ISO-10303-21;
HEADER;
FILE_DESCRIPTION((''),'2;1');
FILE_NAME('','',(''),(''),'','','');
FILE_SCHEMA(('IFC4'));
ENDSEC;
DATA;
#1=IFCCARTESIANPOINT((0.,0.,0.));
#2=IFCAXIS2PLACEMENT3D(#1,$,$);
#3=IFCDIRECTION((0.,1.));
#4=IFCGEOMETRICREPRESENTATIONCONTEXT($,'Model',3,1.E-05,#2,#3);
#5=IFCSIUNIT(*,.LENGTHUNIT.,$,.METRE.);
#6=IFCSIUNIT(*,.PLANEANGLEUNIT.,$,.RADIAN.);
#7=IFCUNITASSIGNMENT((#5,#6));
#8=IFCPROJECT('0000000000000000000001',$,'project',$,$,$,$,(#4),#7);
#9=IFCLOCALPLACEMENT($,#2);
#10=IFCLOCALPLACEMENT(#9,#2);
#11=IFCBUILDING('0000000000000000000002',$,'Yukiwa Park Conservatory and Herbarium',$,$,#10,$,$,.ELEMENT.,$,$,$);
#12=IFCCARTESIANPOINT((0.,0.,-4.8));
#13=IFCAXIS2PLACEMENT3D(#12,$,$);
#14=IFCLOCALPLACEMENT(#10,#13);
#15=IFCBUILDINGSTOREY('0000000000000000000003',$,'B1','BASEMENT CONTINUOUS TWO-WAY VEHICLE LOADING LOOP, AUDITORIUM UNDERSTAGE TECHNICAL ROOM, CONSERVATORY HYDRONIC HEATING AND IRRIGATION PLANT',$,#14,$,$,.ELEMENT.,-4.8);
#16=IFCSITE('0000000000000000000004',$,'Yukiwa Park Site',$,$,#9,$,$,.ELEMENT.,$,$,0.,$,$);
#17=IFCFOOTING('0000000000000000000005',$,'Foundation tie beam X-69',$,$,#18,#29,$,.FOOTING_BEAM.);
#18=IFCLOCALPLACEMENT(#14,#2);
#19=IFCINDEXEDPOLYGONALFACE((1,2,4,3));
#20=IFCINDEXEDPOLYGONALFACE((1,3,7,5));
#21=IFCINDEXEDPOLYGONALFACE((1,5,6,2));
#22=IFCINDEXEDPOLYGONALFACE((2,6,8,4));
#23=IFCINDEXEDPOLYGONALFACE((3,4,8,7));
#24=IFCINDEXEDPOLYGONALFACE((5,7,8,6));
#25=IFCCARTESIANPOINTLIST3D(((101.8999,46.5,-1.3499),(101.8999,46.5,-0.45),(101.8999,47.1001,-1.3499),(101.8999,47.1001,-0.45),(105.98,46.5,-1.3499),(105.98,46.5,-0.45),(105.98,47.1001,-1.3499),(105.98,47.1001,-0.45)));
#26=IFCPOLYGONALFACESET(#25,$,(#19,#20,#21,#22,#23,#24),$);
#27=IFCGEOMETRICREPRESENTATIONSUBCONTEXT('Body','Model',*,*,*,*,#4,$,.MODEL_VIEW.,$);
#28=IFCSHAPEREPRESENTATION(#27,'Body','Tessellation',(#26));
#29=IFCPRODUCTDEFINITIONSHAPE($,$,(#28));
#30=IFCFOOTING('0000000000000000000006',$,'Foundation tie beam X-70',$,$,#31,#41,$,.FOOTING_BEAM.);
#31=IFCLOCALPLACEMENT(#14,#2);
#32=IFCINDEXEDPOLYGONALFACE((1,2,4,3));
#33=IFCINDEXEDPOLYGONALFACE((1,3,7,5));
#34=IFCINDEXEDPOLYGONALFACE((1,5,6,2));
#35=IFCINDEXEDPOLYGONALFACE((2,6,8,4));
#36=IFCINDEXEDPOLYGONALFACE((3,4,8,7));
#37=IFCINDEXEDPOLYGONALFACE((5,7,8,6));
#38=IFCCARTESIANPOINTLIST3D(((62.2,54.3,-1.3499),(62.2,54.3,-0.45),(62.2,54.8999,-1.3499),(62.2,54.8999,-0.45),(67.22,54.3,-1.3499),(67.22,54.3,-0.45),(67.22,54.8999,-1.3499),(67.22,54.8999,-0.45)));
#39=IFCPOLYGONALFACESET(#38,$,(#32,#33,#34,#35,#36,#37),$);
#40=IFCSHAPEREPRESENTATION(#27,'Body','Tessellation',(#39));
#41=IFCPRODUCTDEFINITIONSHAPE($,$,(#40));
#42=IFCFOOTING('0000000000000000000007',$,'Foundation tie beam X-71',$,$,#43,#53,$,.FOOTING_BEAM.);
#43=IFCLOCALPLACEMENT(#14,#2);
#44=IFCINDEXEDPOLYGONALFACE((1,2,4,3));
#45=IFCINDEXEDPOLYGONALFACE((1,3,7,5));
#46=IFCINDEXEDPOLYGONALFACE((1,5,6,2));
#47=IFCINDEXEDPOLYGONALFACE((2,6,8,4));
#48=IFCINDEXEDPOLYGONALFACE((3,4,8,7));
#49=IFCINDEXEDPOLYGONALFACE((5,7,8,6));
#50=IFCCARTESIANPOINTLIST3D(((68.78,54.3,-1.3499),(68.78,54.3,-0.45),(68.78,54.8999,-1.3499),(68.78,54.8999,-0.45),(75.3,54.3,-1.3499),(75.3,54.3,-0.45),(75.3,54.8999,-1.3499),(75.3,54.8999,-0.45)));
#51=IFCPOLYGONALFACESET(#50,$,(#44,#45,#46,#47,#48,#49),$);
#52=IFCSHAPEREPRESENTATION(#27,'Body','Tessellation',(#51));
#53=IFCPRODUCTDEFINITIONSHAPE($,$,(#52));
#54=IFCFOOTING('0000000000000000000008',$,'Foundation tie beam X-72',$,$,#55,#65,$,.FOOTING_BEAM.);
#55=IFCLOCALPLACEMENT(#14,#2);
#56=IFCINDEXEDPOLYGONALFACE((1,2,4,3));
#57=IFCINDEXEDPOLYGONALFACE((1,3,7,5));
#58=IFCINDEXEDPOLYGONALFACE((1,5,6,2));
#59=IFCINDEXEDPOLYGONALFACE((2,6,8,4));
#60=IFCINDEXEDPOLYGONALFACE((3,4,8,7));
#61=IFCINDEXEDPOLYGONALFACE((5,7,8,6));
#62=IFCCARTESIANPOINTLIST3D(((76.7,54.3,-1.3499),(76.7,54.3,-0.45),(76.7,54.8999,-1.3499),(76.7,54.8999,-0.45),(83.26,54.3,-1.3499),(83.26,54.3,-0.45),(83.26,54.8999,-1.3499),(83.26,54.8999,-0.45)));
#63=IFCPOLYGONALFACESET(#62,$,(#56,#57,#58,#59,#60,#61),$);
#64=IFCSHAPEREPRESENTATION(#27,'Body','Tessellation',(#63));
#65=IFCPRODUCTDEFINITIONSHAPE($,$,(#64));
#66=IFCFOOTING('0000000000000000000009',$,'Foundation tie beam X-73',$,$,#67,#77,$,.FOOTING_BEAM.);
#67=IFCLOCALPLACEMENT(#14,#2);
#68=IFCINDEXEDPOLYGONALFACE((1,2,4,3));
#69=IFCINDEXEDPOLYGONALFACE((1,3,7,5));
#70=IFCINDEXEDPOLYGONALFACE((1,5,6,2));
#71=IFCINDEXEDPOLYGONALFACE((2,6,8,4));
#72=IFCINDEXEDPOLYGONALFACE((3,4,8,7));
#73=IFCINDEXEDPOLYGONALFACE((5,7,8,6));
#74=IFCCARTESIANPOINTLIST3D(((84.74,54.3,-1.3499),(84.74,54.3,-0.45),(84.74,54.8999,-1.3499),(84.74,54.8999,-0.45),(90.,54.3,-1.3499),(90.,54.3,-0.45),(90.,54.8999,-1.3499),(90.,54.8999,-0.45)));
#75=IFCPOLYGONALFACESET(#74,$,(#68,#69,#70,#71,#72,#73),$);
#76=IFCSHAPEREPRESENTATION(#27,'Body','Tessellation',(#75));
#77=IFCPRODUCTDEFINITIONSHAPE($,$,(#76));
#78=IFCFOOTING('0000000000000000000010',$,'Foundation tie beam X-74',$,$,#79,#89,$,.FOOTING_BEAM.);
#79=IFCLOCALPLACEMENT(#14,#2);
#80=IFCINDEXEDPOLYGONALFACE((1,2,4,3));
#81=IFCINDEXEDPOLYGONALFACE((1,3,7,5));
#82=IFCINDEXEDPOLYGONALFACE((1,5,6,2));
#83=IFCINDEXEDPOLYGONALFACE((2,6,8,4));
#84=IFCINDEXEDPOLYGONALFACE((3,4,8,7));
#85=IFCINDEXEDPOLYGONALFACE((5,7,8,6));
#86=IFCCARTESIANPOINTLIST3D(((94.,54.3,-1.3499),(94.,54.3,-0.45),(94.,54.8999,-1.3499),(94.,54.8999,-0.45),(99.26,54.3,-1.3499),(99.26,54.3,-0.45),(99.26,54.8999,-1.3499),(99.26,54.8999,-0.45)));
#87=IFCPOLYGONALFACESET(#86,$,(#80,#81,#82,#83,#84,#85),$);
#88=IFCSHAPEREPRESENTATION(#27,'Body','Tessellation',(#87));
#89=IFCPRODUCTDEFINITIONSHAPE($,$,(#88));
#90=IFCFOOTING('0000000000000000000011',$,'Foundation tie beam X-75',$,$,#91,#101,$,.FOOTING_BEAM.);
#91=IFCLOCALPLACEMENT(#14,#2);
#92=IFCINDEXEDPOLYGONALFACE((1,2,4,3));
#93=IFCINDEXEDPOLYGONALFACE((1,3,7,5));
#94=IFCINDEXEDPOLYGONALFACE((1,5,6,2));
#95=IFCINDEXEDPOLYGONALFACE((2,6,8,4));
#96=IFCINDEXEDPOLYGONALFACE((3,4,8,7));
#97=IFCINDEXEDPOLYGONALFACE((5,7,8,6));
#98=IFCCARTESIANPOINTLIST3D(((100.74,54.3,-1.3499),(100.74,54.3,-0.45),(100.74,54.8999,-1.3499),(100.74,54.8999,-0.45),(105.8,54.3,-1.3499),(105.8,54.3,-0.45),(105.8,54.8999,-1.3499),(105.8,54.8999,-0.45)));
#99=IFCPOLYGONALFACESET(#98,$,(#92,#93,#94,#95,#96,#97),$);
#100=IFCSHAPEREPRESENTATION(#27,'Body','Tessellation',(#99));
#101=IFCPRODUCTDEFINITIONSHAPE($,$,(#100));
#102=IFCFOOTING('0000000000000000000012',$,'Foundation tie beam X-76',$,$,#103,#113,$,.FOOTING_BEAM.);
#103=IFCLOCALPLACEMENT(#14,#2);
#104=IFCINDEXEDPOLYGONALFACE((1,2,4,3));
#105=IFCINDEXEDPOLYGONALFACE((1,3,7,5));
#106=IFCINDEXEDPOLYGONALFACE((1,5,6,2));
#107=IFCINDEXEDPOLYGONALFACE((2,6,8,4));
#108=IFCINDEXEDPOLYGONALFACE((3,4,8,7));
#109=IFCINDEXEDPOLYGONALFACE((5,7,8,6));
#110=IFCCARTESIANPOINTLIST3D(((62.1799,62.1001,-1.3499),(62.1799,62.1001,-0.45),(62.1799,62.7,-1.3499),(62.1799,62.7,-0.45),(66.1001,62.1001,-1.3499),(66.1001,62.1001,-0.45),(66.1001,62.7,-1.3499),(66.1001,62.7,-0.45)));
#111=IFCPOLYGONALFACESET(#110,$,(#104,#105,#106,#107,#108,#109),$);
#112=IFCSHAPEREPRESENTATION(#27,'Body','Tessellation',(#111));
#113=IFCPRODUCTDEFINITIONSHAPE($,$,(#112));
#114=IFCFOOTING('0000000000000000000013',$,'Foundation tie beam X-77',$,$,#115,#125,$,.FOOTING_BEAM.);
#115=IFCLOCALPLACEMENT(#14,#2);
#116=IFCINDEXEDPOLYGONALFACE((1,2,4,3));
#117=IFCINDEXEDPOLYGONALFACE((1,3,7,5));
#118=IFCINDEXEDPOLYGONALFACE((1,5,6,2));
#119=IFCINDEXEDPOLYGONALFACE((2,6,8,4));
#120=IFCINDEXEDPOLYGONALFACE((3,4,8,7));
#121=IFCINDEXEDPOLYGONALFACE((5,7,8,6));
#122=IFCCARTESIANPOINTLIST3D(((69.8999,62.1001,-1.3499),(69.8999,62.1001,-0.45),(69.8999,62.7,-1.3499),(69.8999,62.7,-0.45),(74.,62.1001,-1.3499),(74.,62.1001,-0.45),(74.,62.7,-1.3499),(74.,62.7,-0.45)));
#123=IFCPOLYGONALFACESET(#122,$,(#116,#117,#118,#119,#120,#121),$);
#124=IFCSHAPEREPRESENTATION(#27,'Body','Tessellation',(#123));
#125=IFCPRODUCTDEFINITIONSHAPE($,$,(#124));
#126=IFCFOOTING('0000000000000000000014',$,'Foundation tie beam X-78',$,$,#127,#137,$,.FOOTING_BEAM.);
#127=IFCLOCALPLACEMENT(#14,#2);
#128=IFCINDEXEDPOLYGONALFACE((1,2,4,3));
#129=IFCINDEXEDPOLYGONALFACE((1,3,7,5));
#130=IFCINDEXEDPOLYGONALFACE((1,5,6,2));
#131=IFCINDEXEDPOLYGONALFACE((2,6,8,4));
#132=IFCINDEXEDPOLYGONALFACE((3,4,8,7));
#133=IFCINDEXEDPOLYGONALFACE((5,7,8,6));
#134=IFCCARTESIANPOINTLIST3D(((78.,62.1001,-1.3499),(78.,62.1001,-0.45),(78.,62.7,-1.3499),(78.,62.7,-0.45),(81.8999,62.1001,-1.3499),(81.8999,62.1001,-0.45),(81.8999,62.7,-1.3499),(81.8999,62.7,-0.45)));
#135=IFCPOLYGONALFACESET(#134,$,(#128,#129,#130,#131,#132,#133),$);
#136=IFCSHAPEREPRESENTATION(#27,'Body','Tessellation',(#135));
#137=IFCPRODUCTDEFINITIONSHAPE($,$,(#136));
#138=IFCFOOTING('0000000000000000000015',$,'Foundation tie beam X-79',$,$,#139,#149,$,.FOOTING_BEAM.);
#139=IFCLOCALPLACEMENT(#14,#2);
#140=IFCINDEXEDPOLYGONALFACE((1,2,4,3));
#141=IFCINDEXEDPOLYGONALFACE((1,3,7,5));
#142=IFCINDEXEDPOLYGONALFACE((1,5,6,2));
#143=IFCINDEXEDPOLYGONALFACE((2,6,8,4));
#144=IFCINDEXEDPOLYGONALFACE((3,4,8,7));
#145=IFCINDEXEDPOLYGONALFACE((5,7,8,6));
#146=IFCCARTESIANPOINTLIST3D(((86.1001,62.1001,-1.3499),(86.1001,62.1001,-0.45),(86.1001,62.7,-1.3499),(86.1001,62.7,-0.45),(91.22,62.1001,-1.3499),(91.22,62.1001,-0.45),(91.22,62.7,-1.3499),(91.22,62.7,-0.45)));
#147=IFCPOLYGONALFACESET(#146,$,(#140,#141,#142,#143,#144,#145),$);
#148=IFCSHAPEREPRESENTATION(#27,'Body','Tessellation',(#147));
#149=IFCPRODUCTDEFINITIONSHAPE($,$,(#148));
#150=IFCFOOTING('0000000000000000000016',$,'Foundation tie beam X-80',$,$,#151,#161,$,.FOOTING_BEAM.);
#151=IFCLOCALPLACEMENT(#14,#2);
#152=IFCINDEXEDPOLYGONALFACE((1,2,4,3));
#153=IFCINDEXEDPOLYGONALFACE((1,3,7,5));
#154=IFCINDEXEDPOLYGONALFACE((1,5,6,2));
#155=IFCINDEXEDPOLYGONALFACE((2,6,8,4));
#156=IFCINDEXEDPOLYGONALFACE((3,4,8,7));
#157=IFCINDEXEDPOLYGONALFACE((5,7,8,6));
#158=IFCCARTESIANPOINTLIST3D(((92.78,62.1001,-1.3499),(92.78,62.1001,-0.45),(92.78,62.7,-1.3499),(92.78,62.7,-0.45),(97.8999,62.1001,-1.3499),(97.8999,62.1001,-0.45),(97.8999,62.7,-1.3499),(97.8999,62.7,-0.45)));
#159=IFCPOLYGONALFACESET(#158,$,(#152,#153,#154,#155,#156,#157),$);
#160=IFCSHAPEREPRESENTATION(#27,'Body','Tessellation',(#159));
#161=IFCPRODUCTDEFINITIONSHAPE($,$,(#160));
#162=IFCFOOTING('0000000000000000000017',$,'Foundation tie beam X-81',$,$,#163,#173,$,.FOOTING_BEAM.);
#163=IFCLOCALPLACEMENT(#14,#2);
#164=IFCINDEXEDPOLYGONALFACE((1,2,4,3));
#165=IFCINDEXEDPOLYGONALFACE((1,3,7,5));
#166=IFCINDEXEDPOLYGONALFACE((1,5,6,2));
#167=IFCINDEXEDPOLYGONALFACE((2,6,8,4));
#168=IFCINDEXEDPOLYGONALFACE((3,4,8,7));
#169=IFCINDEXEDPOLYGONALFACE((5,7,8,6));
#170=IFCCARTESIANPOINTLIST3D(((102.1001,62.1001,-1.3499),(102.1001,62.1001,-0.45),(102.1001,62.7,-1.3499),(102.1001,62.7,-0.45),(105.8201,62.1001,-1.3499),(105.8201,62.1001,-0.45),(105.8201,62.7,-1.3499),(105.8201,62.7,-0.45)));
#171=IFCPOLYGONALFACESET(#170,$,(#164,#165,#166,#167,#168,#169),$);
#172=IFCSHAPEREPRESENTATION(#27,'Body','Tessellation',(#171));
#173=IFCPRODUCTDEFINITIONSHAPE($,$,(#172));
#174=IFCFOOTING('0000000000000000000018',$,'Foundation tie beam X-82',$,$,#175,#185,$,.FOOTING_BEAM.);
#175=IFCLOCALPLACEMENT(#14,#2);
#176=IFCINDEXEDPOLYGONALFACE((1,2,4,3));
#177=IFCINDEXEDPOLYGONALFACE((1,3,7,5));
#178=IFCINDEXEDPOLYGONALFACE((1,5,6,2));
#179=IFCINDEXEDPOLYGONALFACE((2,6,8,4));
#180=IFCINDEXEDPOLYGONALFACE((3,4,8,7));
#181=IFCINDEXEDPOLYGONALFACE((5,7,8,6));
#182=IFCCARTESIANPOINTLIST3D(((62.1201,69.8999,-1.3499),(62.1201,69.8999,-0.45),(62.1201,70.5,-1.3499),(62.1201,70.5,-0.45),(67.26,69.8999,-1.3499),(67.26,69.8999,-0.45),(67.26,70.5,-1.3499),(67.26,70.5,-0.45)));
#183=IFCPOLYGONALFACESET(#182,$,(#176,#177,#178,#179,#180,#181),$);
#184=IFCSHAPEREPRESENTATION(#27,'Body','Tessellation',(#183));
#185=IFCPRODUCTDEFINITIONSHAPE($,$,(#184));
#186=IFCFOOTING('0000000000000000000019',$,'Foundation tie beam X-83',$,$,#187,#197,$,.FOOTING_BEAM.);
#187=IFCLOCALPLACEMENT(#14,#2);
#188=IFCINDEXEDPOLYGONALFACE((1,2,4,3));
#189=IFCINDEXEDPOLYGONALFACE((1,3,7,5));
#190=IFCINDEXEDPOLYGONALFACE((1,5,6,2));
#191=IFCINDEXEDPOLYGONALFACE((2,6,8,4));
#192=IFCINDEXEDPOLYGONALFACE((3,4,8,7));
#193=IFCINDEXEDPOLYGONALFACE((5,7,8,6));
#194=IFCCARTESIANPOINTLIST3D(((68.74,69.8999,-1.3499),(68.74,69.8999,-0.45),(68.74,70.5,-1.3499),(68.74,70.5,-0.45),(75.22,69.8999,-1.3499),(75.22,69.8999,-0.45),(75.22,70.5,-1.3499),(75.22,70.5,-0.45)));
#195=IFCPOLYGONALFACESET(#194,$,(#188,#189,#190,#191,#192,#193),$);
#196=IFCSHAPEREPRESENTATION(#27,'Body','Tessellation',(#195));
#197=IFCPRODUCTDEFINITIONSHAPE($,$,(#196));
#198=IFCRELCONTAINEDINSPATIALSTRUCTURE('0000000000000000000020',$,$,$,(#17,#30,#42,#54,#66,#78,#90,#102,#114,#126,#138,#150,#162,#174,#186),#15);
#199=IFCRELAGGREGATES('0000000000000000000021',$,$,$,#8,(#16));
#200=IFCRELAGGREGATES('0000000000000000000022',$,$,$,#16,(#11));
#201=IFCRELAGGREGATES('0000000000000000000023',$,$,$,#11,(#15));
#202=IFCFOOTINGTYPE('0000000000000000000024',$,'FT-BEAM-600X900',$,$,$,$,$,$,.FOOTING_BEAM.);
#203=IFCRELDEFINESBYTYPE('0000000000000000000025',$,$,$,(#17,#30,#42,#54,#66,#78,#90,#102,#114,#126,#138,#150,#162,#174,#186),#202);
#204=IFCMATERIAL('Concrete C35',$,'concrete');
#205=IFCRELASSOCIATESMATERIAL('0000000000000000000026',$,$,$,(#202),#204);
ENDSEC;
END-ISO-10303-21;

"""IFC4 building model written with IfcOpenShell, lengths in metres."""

from ifc_helpers import new_model, si_unit, direction, frame, origin, place, context, subcontext, project, spatial, polyline, outline, extrude, material, type_object, element, save


model = new_model("IFC4")

# Units and contexts
model_context = context("Model", 3, precision=1e-05, world=origin(), true_north=direction((0.0, 1.0)))
body_context = subcontext(model_context, "Body", "Model", "MODEL_VIEW")
ifc_project = project(units=[si_unit("LENGTHUNIT", "METRE"), si_unit("PLANEANGLEUNIT", "RADIAN")], contexts=[model_context])

# Site, building, storey
site_placement = place(None, origin())
site = spatial("IfcSite", under=ifc_project, at=site_placement, Name="Yukiwa Park Site", CompositionType="ELEMENT", RefElevation=0.0)
building_placement = place(site_placement, origin())
building = spatial("IfcBuilding", under=site, at=building_placement, Name="Yukiwa Park Conservatory and Herbarium", CompositionType="ELEMENT")
storey_placement = place(building_placement, frame((0.0, 0.0, -4.8)))
storey = spatial("IfcBuildingStorey", under=building, at=storey_placement, Name="B1", Description="BASEMENT CONTINUOUS TWO-WAY VEHICLE LOADING LOOP, AUDITORIUM UNDERSTAGE TECHNICAL ROOM, CONSERVATORY HYDRONIC HEATING AND IRRIGATION PLANT", CompositionType="ELEMENT", Elevation=-4.8)

# Footings
ifc_material = material(Name="Concrete C35", Category="concrete")
footing_type = type_object("IfcFootingType", Name="FT-BEAM-600X900", PredefinedType="FOOTING_BEAM", material=ifc_material)
footing_1_placement = place(storey_placement, frame((0.0, 0.0, -1.3499)))
element("IfcFooting", 1, at=footing_1_placement, inside=storey, type_object=footing_type, Name="Foundation tie beam X-69", PredefinedType="FOOTING_BEAM", context=body_context, shape_type="SweptSolid", body=[
    extrude(outline(polyline([(101.8999, 46.5), (105.98, 46.5), (105.98, 47.1001), (101.8999, 47.1001), (101.8999, 46.5)])), origin(), (0.0, 0.0, 1.0), 0.8999),
])
footing_2_placement = place(storey_placement, frame((0.0, 0.0, -1.3499)))
element("IfcFooting", 2, at=footing_2_placement, inside=storey, type_object=footing_type, Name="Foundation tie beam X-70", PredefinedType="FOOTING_BEAM", context=body_context, shape_type="SweptSolid", body=[
    extrude(outline(polyline([(62.2, 54.3), (67.22, 54.3), (67.22, 54.8999), (62.2, 54.8999), (62.2, 54.3)])), origin(), (0.0, 0.0, 1.0), 0.8999),
])
footing_3_placement = place(storey_placement, frame((0.0, 0.0, -1.3499)))
element("IfcFooting", 3, at=footing_3_placement, inside=storey, type_object=footing_type, Name="Foundation tie beam X-71", PredefinedType="FOOTING_BEAM", context=body_context, shape_type="SweptSolid", body=[
    extrude(outline(polyline([(68.78, 54.3), (75.3, 54.3), (75.3, 54.8999), (68.78, 54.8999), (68.78, 54.3)])), origin(), (0.0, 0.0, 1.0), 0.8999),
])
footing_4_placement = place(storey_placement, frame((0.0, 0.0, -1.3499)))
element("IfcFooting", 4, at=footing_4_placement, inside=storey, type_object=footing_type, Name="Foundation tie beam X-72", PredefinedType="FOOTING_BEAM", context=body_context, shape_type="SweptSolid", body=[
    extrude(outline(polyline([(76.7, 54.3), (83.26, 54.3), (83.26, 54.8999), (76.7, 54.8999), (76.7, 54.3)])), origin(), (0.0, 0.0, 1.0), 0.8999),
])
footing_5_placement = place(storey_placement, frame((0.0, 0.0, -1.3499)))
element("IfcFooting", 5, at=footing_5_placement, inside=storey, type_object=footing_type, Name="Foundation tie beam X-73", PredefinedType="FOOTING_BEAM", context=body_context, shape_type="SweptSolid", body=[
    extrude(outline(polyline([(84.74, 54.3), (90.0, 54.3), (90.0, 54.8999), (84.74, 54.8999), (84.74, 54.3)])), origin(), (0.0, 0.0, 1.0), 0.8999),
])
footing_6_placement = place(storey_placement, frame((0.0, 0.0, -1.3499)))
element("IfcFooting", 6, at=footing_6_placement, inside=storey, type_object=footing_type, Name="Foundation tie beam X-74", PredefinedType="FOOTING_BEAM", context=body_context, shape_type="SweptSolid", body=[
    extrude(outline(polyline([(94.0, 54.3), (99.26, 54.3), (99.26, 54.8999), (94.0, 54.8999), (94.0, 54.3)])), origin(), (0.0, 0.0, 1.0), 0.8999),
])
footing_7_placement = place(storey_placement, frame((0.0, 0.0, -1.3499)))
element("IfcFooting", 7, at=footing_7_placement, inside=storey, type_object=footing_type, Name="Foundation tie beam X-75", PredefinedType="FOOTING_BEAM", context=body_context, shape_type="SweptSolid", body=[
    extrude(outline(polyline([(100.74, 54.3), (105.8, 54.3), (105.8, 54.8999), (100.74, 54.8999), (100.74, 54.3)])), origin(), (0.0, 0.0, 1.0), 0.8999),
])
footing_8_placement = place(storey_placement, frame((0.0, 0.0, -1.3499)))
element("IfcFooting", 8, at=footing_8_placement, inside=storey, type_object=footing_type, Name="Foundation tie beam X-76", PredefinedType="FOOTING_BEAM", context=body_context, shape_type="SweptSolid", body=[
    extrude(outline(polyline([(62.1799, 62.1001), (66.1001, 62.1001), (66.1001, 62.7), (62.1799, 62.7), (62.1799, 62.1001)])), origin(), (0.0, 0.0, 1.0), 0.8999),
])
footing_9_placement = place(storey_placement, frame((0.0, 0.0, -1.3499)))
element("IfcFooting", 9, at=footing_9_placement, inside=storey, type_object=footing_type, Name="Foundation tie beam X-77", PredefinedType="FOOTING_BEAM", context=body_context, shape_type="SweptSolid", body=[
    extrude(outline(polyline([(69.8999, 62.1001), (74.0, 62.1001), (74.0, 62.7), (69.8999, 62.7), (69.8999, 62.1001)])), origin(), (0.0, 0.0, 1.0), 0.8999),
])
footing_10_placement = place(storey_placement, frame((0.0, 0.0, -1.3499)))
element("IfcFooting", 10, at=footing_10_placement, inside=storey, type_object=footing_type, Name="Foundation tie beam X-78", PredefinedType="FOOTING_BEAM", context=body_context, shape_type="SweptSolid", body=[
    extrude(outline(polyline([(78.0, 62.1001), (81.8999, 62.1001), (81.8999, 62.7), (78.0, 62.7), (78.0, 62.1001)])), origin(), (0.0, 0.0, 1.0), 0.8999),
])
footing_11_placement = place(storey_placement, frame((0.0, 0.0, -1.3499)))
element("IfcFooting", 11, at=footing_11_placement, inside=storey, type_object=footing_type, Name="Foundation tie beam X-79", PredefinedType="FOOTING_BEAM", context=body_context, shape_type="SweptSolid", body=[
    extrude(outline(polyline([(86.1001, 62.1001), (91.22, 62.1001), (91.22, 62.7), (86.1001, 62.7), (86.1001, 62.1001)])), origin(), (0.0, 0.0, 1.0), 0.8999),
])
footing_12_placement = place(storey_placement, frame((0.0, 0.0, -1.3499)))
element("IfcFooting", 12, at=footing_12_placement, inside=storey, type_object=footing_type, Name="Foundation tie beam X-80", PredefinedType="FOOTING_BEAM", context=body_context, shape_type="SweptSolid", body=[
    extrude(outline(polyline([(92.78, 62.1001), (97.8999, 62.1001), (97.8999, 62.7), (92.78, 62.7), (92.78, 62.1001)])), origin(), (0.0, 0.0, 1.0), 0.8999),
])
footing_13_placement = place(storey_placement, frame((0.0, 0.0, -1.3499)))
element("IfcFooting", 13, at=footing_13_placement, inside=storey, type_object=footing_type, Name="Foundation tie beam X-81", PredefinedType="FOOTING_BEAM", context=body_context, shape_type="SweptSolid", body=[
    extrude(outline(polyline([(102.1001, 62.1001), (105.8201, 62.1001), (105.8201, 62.7), (102.1001, 62.7), (102.1001, 62.1001)])), origin(), (0.0, 0.0, 1.0), 0.8999),
])
footing_14_placement = place(storey_placement, frame((0.0, 0.0, -1.3499)))
element("IfcFooting", 14, at=footing_14_placement, inside=storey, type_object=footing_type, Name="Foundation tie beam X-82", PredefinedType="FOOTING_BEAM", context=body_context, shape_type="SweptSolid", body=[
    extrude(outline(polyline([(62.1201, 69.8999), (67.26, 69.8999), (67.26, 70.5), (62.1201, 70.5), (62.1201, 69.8999)])), origin(), (0.0, 0.0, 1.0), 0.8999),
])
footing_15_placement = place(storey_placement, frame((0.0, 0.0, -1.3499)))
element("IfcFooting", 15, at=footing_15_placement, inside=storey, type_object=footing_type, Name="Foundation tie beam X-83", PredefinedType="FOOTING_BEAM", context=body_context, shape_type="SweptSolid", body=[
    extrude(outline(polyline([(68.74, 69.8999), (75.22, 69.8999), (75.22, 70.5), (68.74, 70.5), (68.74, 69.8999)])), origin(), (0.0, 0.0, 1.0), 0.8999),
])

save(model, "model.ifc")
